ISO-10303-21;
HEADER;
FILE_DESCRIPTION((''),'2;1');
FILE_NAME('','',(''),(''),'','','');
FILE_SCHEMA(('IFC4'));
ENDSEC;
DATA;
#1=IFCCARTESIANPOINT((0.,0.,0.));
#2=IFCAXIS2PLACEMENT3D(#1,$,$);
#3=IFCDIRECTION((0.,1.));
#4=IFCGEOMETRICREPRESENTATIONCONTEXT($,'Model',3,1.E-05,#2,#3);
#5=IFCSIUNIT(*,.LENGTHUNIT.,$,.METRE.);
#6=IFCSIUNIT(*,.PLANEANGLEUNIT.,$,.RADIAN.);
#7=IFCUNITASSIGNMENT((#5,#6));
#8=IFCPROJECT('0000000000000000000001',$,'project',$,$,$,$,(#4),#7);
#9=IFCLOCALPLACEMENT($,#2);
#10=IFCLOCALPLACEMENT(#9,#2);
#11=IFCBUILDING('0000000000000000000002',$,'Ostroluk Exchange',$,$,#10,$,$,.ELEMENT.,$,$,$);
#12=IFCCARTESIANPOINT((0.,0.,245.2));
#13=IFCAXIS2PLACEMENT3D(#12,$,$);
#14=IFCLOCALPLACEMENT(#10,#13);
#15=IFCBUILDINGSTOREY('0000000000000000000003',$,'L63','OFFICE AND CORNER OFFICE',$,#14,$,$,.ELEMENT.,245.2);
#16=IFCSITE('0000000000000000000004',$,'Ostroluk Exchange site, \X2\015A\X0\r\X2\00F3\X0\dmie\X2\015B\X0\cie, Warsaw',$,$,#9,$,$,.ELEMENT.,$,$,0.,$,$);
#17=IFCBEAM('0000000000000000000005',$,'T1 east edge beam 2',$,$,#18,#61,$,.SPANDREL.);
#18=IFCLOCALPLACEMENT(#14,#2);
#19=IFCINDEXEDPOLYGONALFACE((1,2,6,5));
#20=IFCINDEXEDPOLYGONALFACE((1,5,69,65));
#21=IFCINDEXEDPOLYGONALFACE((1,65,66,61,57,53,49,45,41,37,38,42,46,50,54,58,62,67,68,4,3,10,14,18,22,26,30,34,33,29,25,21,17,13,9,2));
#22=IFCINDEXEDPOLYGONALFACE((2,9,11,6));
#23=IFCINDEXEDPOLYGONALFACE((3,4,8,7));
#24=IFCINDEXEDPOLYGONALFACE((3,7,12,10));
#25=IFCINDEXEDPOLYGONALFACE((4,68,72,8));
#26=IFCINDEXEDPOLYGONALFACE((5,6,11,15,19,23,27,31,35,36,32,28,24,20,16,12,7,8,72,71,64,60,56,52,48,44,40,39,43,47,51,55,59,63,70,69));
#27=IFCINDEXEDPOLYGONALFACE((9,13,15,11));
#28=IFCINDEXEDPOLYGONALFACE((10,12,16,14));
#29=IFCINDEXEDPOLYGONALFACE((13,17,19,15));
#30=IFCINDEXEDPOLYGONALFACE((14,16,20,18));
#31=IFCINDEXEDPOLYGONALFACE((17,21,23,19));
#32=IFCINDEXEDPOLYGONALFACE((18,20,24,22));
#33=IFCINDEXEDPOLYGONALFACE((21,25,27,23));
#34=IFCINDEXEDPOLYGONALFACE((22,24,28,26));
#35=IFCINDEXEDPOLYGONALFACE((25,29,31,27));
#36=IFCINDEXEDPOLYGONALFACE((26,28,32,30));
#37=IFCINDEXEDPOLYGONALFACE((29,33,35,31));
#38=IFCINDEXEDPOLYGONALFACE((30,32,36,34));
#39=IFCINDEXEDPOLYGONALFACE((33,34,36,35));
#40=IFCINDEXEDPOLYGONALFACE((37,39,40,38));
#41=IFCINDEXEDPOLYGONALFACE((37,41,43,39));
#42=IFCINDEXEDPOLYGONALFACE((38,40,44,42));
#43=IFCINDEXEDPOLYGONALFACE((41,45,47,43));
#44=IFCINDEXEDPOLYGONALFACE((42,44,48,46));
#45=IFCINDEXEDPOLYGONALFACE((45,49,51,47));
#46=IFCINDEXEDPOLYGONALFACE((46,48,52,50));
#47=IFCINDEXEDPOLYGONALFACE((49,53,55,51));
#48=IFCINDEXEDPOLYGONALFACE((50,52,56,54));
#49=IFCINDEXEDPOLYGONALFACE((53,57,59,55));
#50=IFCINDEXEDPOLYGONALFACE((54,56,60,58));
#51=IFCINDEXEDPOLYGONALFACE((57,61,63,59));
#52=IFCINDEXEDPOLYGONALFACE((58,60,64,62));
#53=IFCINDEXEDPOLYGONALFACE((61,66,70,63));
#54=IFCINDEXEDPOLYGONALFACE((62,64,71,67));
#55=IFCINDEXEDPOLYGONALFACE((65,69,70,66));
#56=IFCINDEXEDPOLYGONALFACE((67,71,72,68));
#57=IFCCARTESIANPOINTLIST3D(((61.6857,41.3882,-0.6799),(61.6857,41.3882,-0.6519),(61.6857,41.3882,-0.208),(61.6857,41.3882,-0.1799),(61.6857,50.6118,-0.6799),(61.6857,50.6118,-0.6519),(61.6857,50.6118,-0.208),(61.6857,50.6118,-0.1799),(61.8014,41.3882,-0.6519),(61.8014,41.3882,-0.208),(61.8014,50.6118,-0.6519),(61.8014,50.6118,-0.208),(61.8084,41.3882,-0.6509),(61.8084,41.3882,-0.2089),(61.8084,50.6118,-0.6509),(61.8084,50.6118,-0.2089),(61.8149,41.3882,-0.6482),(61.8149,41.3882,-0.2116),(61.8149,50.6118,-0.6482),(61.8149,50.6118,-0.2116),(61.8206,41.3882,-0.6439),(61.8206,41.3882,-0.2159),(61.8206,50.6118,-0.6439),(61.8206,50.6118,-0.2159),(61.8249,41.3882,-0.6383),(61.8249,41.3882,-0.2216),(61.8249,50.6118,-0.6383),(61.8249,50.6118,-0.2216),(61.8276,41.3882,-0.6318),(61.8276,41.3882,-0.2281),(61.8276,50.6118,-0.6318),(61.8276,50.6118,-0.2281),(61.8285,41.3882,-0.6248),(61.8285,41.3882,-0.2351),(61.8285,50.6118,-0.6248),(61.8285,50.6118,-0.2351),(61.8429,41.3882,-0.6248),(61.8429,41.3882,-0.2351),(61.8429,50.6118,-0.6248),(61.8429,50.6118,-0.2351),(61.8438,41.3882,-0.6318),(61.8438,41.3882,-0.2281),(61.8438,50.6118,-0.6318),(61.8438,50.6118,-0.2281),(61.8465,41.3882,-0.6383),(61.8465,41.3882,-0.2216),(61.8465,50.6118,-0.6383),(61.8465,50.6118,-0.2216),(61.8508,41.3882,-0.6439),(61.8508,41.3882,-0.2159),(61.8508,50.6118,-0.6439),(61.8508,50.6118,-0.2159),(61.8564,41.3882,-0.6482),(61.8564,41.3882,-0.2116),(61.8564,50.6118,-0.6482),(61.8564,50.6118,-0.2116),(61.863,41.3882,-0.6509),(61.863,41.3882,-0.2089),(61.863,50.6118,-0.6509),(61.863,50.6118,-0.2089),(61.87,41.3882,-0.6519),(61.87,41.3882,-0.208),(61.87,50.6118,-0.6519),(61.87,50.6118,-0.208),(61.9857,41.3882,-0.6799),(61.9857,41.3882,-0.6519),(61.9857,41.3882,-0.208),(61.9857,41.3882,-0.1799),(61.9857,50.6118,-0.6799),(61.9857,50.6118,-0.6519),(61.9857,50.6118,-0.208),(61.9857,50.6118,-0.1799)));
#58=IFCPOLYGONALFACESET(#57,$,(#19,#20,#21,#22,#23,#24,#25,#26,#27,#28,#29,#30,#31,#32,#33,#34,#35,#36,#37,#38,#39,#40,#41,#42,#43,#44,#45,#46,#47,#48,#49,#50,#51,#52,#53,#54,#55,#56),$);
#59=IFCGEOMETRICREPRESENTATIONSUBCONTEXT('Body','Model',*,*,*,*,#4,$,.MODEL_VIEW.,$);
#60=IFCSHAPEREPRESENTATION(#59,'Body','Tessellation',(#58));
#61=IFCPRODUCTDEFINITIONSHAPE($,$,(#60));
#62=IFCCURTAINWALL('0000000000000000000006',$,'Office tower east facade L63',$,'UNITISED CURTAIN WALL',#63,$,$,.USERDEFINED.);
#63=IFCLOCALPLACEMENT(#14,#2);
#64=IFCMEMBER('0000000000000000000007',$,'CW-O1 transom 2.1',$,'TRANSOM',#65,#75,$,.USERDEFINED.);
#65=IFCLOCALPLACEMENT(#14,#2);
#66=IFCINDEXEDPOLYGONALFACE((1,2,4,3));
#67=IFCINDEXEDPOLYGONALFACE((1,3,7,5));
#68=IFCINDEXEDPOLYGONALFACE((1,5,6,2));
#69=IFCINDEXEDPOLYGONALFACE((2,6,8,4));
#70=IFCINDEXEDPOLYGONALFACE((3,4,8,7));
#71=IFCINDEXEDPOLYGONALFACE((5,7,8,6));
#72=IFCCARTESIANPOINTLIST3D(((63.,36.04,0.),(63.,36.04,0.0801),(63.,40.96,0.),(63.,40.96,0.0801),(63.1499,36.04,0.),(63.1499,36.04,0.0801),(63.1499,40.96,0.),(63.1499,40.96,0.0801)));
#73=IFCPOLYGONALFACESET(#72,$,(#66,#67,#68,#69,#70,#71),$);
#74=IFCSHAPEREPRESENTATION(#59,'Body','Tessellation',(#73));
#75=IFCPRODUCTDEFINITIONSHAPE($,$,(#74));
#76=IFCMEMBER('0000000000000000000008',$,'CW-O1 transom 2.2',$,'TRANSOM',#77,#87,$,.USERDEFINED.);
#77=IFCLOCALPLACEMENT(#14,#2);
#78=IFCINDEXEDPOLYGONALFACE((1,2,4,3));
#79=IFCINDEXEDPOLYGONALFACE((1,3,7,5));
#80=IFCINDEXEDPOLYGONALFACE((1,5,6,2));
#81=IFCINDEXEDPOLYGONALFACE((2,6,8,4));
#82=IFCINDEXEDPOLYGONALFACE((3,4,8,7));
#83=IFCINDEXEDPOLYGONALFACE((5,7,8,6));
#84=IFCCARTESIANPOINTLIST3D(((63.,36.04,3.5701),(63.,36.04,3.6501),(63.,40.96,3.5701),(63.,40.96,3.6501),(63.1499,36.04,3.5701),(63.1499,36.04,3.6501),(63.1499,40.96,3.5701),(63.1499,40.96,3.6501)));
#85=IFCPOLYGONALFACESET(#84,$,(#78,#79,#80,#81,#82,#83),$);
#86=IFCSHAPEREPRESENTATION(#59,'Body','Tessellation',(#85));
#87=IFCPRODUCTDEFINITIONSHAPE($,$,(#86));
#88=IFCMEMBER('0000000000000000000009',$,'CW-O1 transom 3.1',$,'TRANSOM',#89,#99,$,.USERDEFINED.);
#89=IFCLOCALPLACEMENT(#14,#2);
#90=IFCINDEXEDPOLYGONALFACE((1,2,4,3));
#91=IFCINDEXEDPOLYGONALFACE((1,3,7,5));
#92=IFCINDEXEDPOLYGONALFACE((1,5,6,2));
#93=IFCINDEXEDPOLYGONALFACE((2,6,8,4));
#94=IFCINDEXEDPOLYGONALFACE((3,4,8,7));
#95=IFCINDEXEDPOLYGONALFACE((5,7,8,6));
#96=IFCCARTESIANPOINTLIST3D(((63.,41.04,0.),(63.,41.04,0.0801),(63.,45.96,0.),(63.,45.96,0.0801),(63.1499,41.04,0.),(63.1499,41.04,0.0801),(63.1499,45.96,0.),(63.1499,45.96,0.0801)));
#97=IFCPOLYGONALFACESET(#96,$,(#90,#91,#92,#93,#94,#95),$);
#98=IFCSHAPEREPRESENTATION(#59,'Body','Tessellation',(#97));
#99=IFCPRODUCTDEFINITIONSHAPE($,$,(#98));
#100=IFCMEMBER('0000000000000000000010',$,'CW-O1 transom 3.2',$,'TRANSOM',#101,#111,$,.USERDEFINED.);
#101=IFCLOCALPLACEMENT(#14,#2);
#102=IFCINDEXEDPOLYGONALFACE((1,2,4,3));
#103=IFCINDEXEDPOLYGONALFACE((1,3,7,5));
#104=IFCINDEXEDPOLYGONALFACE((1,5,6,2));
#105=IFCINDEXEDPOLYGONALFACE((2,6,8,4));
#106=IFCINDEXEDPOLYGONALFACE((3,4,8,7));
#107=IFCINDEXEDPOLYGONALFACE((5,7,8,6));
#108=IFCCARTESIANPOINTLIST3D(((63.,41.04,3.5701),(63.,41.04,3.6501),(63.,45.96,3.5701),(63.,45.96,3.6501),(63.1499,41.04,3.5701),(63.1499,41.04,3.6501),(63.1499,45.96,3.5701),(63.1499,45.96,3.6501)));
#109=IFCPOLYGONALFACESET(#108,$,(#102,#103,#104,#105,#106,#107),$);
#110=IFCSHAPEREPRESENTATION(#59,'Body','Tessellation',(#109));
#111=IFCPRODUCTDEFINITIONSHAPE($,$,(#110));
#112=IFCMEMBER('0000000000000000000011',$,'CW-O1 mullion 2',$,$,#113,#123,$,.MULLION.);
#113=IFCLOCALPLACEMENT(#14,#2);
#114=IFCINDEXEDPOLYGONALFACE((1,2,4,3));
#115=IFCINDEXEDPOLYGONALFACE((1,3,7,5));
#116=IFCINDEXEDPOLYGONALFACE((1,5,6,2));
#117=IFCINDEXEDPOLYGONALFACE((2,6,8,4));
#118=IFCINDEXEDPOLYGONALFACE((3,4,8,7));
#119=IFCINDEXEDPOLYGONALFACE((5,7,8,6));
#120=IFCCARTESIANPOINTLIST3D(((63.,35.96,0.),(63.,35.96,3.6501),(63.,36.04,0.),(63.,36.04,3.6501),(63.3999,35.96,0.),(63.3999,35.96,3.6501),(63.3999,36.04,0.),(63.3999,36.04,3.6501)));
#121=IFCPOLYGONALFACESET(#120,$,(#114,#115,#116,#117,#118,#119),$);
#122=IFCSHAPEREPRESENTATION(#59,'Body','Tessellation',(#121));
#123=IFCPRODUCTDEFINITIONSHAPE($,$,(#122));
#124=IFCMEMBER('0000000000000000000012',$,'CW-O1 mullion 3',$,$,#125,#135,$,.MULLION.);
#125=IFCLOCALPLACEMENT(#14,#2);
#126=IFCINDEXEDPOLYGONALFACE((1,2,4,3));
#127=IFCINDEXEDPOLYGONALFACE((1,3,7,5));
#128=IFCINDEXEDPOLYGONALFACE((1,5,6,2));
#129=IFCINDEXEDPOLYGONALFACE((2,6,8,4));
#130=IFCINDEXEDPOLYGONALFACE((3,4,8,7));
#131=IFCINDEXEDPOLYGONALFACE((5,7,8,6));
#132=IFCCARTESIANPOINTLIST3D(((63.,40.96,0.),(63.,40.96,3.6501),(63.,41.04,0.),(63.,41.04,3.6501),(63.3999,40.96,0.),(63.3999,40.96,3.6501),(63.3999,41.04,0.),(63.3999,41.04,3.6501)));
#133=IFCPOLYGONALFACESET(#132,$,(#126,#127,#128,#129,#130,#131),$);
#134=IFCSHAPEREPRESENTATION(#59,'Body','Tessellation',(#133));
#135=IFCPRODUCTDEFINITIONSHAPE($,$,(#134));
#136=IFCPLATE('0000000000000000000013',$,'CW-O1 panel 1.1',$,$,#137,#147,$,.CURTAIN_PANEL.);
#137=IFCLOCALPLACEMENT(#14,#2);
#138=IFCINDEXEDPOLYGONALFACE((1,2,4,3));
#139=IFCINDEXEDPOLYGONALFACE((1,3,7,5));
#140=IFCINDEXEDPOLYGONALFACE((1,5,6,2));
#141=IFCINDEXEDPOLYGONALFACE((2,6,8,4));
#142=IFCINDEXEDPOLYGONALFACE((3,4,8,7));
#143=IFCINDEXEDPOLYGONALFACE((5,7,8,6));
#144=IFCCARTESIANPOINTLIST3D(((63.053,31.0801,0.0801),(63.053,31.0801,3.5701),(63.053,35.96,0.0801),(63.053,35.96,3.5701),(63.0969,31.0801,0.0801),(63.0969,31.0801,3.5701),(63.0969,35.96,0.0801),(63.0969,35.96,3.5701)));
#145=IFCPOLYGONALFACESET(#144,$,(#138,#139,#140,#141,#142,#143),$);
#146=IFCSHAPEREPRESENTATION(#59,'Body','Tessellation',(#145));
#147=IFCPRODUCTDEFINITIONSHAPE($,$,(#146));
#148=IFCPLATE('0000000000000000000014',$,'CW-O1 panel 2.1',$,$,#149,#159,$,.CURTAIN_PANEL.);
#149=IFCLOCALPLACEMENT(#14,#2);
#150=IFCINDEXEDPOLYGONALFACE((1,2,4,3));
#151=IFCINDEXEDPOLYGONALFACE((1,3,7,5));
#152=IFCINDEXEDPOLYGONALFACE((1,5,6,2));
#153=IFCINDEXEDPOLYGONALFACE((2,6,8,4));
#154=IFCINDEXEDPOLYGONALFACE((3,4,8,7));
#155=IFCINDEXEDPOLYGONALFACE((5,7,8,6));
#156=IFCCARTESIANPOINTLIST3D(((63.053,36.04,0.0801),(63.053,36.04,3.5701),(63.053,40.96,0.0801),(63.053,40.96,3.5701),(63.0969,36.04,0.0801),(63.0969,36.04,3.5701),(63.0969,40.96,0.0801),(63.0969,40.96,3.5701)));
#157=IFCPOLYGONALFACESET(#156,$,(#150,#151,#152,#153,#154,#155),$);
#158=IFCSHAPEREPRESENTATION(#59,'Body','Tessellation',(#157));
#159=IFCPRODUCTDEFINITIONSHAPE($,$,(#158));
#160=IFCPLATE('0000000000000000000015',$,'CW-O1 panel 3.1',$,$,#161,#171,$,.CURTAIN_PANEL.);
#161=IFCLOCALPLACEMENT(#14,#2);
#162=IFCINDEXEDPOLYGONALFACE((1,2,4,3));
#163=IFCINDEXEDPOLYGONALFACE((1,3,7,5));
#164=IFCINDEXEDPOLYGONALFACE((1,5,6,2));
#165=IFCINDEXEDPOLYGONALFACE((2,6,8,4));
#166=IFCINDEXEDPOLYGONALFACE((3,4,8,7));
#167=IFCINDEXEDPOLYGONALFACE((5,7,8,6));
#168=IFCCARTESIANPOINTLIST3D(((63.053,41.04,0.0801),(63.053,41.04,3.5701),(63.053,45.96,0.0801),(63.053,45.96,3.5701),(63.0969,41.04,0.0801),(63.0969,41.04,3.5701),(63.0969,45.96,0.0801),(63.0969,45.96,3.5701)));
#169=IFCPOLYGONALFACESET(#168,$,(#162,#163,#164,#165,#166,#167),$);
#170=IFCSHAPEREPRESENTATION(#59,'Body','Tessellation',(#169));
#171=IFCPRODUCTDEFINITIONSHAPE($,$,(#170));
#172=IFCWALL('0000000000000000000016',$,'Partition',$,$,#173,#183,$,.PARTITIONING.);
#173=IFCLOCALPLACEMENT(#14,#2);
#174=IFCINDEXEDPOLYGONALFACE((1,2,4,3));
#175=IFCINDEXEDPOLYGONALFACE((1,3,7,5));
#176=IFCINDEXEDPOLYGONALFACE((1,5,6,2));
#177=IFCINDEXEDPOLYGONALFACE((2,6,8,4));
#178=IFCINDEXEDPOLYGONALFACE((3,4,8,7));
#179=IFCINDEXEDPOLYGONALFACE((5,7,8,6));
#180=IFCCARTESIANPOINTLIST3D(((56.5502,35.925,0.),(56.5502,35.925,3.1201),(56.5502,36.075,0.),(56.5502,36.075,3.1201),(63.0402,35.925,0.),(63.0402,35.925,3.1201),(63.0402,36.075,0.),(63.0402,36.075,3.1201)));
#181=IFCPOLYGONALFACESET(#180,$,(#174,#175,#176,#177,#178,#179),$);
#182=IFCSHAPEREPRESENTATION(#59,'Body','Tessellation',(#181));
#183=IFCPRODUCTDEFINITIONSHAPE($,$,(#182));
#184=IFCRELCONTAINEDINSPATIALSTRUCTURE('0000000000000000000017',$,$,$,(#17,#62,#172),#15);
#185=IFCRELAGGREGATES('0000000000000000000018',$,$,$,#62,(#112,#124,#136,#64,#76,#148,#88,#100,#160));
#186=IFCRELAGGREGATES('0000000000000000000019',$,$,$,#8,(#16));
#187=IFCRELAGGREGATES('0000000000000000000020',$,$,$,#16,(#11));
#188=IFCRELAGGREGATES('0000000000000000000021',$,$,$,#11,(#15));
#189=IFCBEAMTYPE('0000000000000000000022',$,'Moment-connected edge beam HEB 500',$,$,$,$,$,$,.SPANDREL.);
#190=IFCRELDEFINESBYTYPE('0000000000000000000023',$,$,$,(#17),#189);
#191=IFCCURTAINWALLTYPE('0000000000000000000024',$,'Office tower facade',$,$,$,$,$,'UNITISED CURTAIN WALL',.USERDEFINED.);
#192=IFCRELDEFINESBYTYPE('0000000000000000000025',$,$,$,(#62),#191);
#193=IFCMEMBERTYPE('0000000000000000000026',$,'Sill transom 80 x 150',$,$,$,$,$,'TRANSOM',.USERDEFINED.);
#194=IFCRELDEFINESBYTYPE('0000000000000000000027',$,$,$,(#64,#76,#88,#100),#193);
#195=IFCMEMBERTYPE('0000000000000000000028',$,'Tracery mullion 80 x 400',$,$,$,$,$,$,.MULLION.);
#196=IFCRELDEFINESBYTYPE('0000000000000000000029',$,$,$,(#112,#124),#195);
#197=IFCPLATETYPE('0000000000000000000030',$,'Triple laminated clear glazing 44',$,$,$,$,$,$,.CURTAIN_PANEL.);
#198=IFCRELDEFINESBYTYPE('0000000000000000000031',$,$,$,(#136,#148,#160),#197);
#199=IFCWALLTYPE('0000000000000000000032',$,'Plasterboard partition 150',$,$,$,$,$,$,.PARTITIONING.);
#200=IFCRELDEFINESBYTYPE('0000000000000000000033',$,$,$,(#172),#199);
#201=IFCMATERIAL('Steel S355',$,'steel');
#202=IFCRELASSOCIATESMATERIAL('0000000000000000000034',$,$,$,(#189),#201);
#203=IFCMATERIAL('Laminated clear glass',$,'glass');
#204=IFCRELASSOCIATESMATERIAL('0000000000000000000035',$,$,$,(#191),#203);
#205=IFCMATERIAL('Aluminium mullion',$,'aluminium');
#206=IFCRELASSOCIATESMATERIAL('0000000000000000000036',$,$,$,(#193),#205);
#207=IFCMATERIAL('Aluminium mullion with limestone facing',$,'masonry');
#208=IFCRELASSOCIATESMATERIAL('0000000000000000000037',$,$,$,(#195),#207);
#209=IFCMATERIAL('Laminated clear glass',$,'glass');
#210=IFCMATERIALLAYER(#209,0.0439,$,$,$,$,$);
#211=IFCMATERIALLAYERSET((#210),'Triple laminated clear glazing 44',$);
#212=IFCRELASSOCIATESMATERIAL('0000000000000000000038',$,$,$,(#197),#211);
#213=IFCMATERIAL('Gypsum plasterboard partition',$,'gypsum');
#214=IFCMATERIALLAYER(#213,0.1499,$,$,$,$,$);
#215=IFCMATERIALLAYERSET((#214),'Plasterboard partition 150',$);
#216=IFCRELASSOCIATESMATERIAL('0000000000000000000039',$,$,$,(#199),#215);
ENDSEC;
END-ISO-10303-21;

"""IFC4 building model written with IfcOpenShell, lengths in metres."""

from ifc_helpers import new_model, si_unit, direction, frame, frame_2d, origin, origin_2d, place, context, subcontext, project, spatial, rectangle, i_section, extrude, material, layer, layer_set, material_profile, profile_set, type_object, element, aggregate, save


model = new_model("IFC4")

# Units and contexts
model_context = context("Model", 3, precision=1e-05, world=origin(), true_north=direction((0.0, 1.0)))
body_context = subcontext(model_context, "Body", "Model", "MODEL_VIEW")
ifc_project = project(units=[si_unit("LENGTHUNIT", "METRE"), si_unit("PLANEANGLEUNIT", "RADIAN")], contexts=[model_context])

# Site, building, storey
site_placement = place(None, origin())
site = spatial("IfcSite", under=ifc_project, at=site_placement, Name="Ostroluk Exchange site, Śródmieście, Warsaw", CompositionType="ELEMENT", RefElevation=0.0)
building_placement = place(site_placement, origin())
building = spatial("IfcBuilding", under=site, at=building_placement, Name="Ostroluk Exchange", CompositionType="ELEMENT")
storey_placement = place(building_placement, frame((0.0, 0.0, 245.2)))
storey = spatial("IfcBuildingStorey", under=building, at=storey_placement, Name="L63", Description="OFFICE AND CORNER OFFICE", CompositionType="ELEMENT", Elevation=245.2)

# Beam
ifc_material_1 = material(Name="Steel S355", Category="steel")
ifc_material_profile_1 = material_profile(ifc_material_1, i_section(OverallWidth=0.3, OverallDepth=0.5, WebThickness=0.0144, FlangeThickness=0.0281, FilletRadius=0.0271, at=origin_2d()), Name="HEB 500")
ifc_profile_set_1 = profile_set([ifc_material_profile_1], Name="Steel S355")
beam_type_1 = type_object("IfcBeamType", Name="Moment-connected edge beam HEB 500", PredefinedType="SPANDREL", material=ifc_profile_set_1)
beam_1_placement = place(storey_placement, frame((61.8357, 41.3882, -0.4299), z_axis=(0.0, 1.0, 0.0), x_axis=(-1.0, 0.0, 0.0)))
element("IfcBeam", 1, at=beam_1_placement, inside=storey, type_object=beam_type_1, Name="T1 east edge beam 2", PredefinedType="SPANDREL", context=body_context, shape_type="SweptSolid", body=[
    extrude(i_section(OverallWidth=0.3, OverallDepth=0.5, WebThickness=0.0144, FlangeThickness=0.0281, FilletRadius=0.0271, at=origin_2d()), origin(), (0.0, 0.0, 1.0), 9.2236),
])

# Curtain wall, members, plates
ifc_material_2 = material(Name="Laminated clear glass", Category="glass")
curtain_wall_type = type_object("IfcCurtainWallType", Name="Office tower facade", ElementType="UNITISED CURTAIN WALL", PredefinedType="USERDEFINED", material=ifc_material_2)
curtain_wall_placement = place(storey_placement, origin())
curtain_wall = element("IfcCurtainWall", 2, at=curtain_wall_placement, inside=storey, type_object=curtain_wall_type, Name="Office tower east facade L63", ObjectType="UNITISED CURTAIN WALL", PredefinedType="USERDEFINED")
ifc_material_3 = material(Name="Aluminium mullion", Category="aluminium")
ifc_material_profile_2 = material_profile(ifc_material_3, rectangle(XDim=0.1499, YDim=0.0801, at=origin_2d()), Name="Sill transom 80 x 150")
ifc_profile_set_2 = profile_set([ifc_material_profile_2], Name="Aluminium mullion")
member_type_1 = type_object("IfcMemberType", Name="Sill transom 80 x 150", ElementType="TRANSOM", PredefinedType="USERDEFINED", material=ifc_profile_set_2)
member_1_placement = place(storey_placement, frame((63.075, 36.04, 0.04), z_axis=(0.0, 1.0, 0.0), x_axis=(-1.0, 0.0, 0.0)))
member_1 = element("IfcMember", 3, at=member_1_placement, type_object=member_type_1, Name="CW-O1 transom 2.1", ObjectType="TRANSOM", PredefinedType="USERDEFINED", context=body_context, shape_type="SweptSolid", body=[
    extrude(rectangle(XDim=0.1499, YDim=0.0801, at=origin_2d()), origin(), (0.0, 0.0, 1.0), 4.9199),
])
member_2_placement = place(storey_placement, frame((63.075, 36.04, 3.6101), z_axis=(0.0, 1.0, 0.0), x_axis=(-1.0, 0.0, 0.0)))
member_2 = element("IfcMember", 4, at=member_2_placement, type_object=member_type_1, Name="CW-O1 transom 2.2", ObjectType="TRANSOM", PredefinedType="USERDEFINED", context=body_context, shape_type="SweptSolid", body=[
    extrude(rectangle(XDim=0.1499, YDim=0.0801, at=origin_2d()), origin(), (0.0, 0.0, 1.0), 4.9199),
])
member_3_placement = place(storey_placement, frame((63.075, 41.04, 0.04), z_axis=(0.0, 1.0, 0.0), x_axis=(-1.0, 0.0, 0.0)))
member_3 = element("IfcMember", 5, at=member_3_placement, type_object=member_type_1, Name="CW-O1 transom 3.1", ObjectType="TRANSOM", PredefinedType="USERDEFINED", context=body_context, shape_type="SweptSolid", body=[
    extrude(rectangle(XDim=0.1499, YDim=0.0801, at=origin_2d()), origin(), (0.0, 0.0, 1.0), 4.9199),
])
member_4_placement = place(storey_placement, frame((63.075, 41.04, 3.6101), z_axis=(0.0, 1.0, 0.0), x_axis=(-1.0, 0.0, 0.0)))
member_4 = element("IfcMember", 6, at=member_4_placement, type_object=member_type_1, Name="CW-O1 transom 3.2", ObjectType="TRANSOM", PredefinedType="USERDEFINED", context=body_context, shape_type="SweptSolid", body=[
    extrude(rectangle(XDim=0.1499, YDim=0.0801, at=origin_2d()), origin(), (0.0, 0.0, 1.0), 4.9199),
])
ifc_material_4 = material(Name="Aluminium mullion with limestone facing", Category="masonry")
ifc_material_profile_3 = material_profile(ifc_material_4, rectangle(XDim=0.3999, YDim=0.0801, at=origin_2d()), Name="Tracery mullion 80 x 400")
ifc_profile_set_3 = profile_set([ifc_material_profile_3], Name="Aluminium mullion with limestone facing")
member_type_2 = type_object("IfcMemberType", Name="Tracery mullion 80 x 400", PredefinedType="MULLION", material=ifc_profile_set_3)
member_5_placement = place(storey_placement, frame((63.2, 36.0, 0.0), z_axis=(0.0, 0.0, 1.0), x_axis=(-1.0, 0.0, 0.0)))
member_5 = element("IfcMember", 7, at=member_5_placement, type_object=member_type_2, Name="CW-O1 mullion 2", PredefinedType="MULLION", context=body_context, shape_type="SweptSolid", body=[
    extrude(rectangle(XDim=0.3999, YDim=0.0801, at=origin_2d()), origin(), (0.0, 0.0, 1.0), 3.6501),
])
member_6_placement = place(storey_placement, frame((63.2, 41.0, 0.0), z_axis=(0.0, 0.0, 1.0), x_axis=(-1.0, 0.0, 0.0)))
member_6 = element("IfcMember", 8, at=member_6_placement, type_object=member_type_2, Name="CW-O1 mullion 3", PredefinedType="MULLION", context=body_context, shape_type="SweptSolid", body=[
    extrude(rectangle(XDim=0.3999, YDim=0.0801, at=origin_2d()), origin(), (0.0, 0.0, 1.0), 3.6501),
])
ifc_material_5 = material(Name="Laminated clear glass", Category="glass")
ifc_layer_1 = layer(ifc_material_5, 0.0439)
ifc_layer_set_1 = layer_set([ifc_layer_1], Name="Triple laminated clear glazing 44")
plate_type = type_object("IfcPlateType", Name="Triple laminated clear glazing 44", PredefinedType="CURTAIN_PANEL", material=ifc_layer_set_1)
plate_1_placement = place(storey_placement, frame((63.075, 33.52, 0.0801), z_axis=(0.0, 0.0, 1.0), x_axis=(0.0, 1.0, 0.0)))
plate_1 = element("IfcPlate", 9, at=plate_1_placement, type_object=plate_type, Name="CW-O1 panel 1.1", PredefinedType="CURTAIN_PANEL", context=body_context, shape_type="SweptSolid", body=[
    extrude(rectangle(XDim=4.8799, YDim=0.0439, at=origin_2d()), origin(), (0.0, 0.0, 1.0), 3.49),
])
plate_2_placement = place(storey_placement, frame((63.075, 38.5, 0.0801), z_axis=(0.0, 0.0, 1.0), x_axis=(0.0, 1.0, 0.0)))
plate_2 = element("IfcPlate", 10, at=plate_2_placement, type_object=plate_type, Name="CW-O1 panel 2.1", PredefinedType="CURTAIN_PANEL", context=body_context, shape_type="SweptSolid", body=[
    extrude(rectangle(XDim=4.9199, YDim=0.0439, at=origin_2d()), origin(), (0.0, 0.0, 1.0), 3.49),
])
plate_3_placement = place(storey_placement, frame((63.075, 43.5, 0.0801), z_axis=(0.0, 0.0, 1.0), x_axis=(0.0, 1.0, 0.0)))
plate_3 = element("IfcPlate", 11, at=plate_3_placement, type_object=plate_type, Name="CW-O1 panel 3.1", PredefinedType="CURTAIN_PANEL", context=body_context, shape_type="SweptSolid", body=[
    extrude(rectangle(XDim=4.9199, YDim=0.0439, at=origin_2d()), origin(), (0.0, 0.0, 1.0), 3.49),
])
aggregate(curtain_wall, [member_5, member_6, plate_1, member_1, member_2, plate_2, member_3, member_4, plate_3])

# Wall
ifc_material_6 = material(Name="Gypsum plasterboard partition", Category="gypsum")
ifc_layer_2 = layer(ifc_material_6, 0.1499)
ifc_layer_set_2 = layer_set([ifc_layer_2], Name="Plasterboard partition 150")
wall_type = type_object("IfcWallType", Name="Plasterboard partition 150", PredefinedType="PARTITIONING", material=ifc_layer_set_2)
for number, where, z_axis, x_axis, name in (
    (12, (56.55, 36.0, 0.0), (0.0, 0.0, 1.0), (1.0, 0.0, 0.0), "Partition"),
):
    element("IfcWall", number, at=place(storey_placement, frame(where, z_axis=z_axis, x_axis=x_axis)), inside=storey, type_object=wall_type, Name=name, PredefinedType="PARTITIONING", context=body_context, shape_type="SweptSolid", body=[
        extrude(rectangle(XDim=6.49, YDim=0.1499, at=frame_2d((3.2451, 0.0))), origin(), (0.0, 0.0, 1.0), 3.1201),
    ])

save(model, "model.ifc")
